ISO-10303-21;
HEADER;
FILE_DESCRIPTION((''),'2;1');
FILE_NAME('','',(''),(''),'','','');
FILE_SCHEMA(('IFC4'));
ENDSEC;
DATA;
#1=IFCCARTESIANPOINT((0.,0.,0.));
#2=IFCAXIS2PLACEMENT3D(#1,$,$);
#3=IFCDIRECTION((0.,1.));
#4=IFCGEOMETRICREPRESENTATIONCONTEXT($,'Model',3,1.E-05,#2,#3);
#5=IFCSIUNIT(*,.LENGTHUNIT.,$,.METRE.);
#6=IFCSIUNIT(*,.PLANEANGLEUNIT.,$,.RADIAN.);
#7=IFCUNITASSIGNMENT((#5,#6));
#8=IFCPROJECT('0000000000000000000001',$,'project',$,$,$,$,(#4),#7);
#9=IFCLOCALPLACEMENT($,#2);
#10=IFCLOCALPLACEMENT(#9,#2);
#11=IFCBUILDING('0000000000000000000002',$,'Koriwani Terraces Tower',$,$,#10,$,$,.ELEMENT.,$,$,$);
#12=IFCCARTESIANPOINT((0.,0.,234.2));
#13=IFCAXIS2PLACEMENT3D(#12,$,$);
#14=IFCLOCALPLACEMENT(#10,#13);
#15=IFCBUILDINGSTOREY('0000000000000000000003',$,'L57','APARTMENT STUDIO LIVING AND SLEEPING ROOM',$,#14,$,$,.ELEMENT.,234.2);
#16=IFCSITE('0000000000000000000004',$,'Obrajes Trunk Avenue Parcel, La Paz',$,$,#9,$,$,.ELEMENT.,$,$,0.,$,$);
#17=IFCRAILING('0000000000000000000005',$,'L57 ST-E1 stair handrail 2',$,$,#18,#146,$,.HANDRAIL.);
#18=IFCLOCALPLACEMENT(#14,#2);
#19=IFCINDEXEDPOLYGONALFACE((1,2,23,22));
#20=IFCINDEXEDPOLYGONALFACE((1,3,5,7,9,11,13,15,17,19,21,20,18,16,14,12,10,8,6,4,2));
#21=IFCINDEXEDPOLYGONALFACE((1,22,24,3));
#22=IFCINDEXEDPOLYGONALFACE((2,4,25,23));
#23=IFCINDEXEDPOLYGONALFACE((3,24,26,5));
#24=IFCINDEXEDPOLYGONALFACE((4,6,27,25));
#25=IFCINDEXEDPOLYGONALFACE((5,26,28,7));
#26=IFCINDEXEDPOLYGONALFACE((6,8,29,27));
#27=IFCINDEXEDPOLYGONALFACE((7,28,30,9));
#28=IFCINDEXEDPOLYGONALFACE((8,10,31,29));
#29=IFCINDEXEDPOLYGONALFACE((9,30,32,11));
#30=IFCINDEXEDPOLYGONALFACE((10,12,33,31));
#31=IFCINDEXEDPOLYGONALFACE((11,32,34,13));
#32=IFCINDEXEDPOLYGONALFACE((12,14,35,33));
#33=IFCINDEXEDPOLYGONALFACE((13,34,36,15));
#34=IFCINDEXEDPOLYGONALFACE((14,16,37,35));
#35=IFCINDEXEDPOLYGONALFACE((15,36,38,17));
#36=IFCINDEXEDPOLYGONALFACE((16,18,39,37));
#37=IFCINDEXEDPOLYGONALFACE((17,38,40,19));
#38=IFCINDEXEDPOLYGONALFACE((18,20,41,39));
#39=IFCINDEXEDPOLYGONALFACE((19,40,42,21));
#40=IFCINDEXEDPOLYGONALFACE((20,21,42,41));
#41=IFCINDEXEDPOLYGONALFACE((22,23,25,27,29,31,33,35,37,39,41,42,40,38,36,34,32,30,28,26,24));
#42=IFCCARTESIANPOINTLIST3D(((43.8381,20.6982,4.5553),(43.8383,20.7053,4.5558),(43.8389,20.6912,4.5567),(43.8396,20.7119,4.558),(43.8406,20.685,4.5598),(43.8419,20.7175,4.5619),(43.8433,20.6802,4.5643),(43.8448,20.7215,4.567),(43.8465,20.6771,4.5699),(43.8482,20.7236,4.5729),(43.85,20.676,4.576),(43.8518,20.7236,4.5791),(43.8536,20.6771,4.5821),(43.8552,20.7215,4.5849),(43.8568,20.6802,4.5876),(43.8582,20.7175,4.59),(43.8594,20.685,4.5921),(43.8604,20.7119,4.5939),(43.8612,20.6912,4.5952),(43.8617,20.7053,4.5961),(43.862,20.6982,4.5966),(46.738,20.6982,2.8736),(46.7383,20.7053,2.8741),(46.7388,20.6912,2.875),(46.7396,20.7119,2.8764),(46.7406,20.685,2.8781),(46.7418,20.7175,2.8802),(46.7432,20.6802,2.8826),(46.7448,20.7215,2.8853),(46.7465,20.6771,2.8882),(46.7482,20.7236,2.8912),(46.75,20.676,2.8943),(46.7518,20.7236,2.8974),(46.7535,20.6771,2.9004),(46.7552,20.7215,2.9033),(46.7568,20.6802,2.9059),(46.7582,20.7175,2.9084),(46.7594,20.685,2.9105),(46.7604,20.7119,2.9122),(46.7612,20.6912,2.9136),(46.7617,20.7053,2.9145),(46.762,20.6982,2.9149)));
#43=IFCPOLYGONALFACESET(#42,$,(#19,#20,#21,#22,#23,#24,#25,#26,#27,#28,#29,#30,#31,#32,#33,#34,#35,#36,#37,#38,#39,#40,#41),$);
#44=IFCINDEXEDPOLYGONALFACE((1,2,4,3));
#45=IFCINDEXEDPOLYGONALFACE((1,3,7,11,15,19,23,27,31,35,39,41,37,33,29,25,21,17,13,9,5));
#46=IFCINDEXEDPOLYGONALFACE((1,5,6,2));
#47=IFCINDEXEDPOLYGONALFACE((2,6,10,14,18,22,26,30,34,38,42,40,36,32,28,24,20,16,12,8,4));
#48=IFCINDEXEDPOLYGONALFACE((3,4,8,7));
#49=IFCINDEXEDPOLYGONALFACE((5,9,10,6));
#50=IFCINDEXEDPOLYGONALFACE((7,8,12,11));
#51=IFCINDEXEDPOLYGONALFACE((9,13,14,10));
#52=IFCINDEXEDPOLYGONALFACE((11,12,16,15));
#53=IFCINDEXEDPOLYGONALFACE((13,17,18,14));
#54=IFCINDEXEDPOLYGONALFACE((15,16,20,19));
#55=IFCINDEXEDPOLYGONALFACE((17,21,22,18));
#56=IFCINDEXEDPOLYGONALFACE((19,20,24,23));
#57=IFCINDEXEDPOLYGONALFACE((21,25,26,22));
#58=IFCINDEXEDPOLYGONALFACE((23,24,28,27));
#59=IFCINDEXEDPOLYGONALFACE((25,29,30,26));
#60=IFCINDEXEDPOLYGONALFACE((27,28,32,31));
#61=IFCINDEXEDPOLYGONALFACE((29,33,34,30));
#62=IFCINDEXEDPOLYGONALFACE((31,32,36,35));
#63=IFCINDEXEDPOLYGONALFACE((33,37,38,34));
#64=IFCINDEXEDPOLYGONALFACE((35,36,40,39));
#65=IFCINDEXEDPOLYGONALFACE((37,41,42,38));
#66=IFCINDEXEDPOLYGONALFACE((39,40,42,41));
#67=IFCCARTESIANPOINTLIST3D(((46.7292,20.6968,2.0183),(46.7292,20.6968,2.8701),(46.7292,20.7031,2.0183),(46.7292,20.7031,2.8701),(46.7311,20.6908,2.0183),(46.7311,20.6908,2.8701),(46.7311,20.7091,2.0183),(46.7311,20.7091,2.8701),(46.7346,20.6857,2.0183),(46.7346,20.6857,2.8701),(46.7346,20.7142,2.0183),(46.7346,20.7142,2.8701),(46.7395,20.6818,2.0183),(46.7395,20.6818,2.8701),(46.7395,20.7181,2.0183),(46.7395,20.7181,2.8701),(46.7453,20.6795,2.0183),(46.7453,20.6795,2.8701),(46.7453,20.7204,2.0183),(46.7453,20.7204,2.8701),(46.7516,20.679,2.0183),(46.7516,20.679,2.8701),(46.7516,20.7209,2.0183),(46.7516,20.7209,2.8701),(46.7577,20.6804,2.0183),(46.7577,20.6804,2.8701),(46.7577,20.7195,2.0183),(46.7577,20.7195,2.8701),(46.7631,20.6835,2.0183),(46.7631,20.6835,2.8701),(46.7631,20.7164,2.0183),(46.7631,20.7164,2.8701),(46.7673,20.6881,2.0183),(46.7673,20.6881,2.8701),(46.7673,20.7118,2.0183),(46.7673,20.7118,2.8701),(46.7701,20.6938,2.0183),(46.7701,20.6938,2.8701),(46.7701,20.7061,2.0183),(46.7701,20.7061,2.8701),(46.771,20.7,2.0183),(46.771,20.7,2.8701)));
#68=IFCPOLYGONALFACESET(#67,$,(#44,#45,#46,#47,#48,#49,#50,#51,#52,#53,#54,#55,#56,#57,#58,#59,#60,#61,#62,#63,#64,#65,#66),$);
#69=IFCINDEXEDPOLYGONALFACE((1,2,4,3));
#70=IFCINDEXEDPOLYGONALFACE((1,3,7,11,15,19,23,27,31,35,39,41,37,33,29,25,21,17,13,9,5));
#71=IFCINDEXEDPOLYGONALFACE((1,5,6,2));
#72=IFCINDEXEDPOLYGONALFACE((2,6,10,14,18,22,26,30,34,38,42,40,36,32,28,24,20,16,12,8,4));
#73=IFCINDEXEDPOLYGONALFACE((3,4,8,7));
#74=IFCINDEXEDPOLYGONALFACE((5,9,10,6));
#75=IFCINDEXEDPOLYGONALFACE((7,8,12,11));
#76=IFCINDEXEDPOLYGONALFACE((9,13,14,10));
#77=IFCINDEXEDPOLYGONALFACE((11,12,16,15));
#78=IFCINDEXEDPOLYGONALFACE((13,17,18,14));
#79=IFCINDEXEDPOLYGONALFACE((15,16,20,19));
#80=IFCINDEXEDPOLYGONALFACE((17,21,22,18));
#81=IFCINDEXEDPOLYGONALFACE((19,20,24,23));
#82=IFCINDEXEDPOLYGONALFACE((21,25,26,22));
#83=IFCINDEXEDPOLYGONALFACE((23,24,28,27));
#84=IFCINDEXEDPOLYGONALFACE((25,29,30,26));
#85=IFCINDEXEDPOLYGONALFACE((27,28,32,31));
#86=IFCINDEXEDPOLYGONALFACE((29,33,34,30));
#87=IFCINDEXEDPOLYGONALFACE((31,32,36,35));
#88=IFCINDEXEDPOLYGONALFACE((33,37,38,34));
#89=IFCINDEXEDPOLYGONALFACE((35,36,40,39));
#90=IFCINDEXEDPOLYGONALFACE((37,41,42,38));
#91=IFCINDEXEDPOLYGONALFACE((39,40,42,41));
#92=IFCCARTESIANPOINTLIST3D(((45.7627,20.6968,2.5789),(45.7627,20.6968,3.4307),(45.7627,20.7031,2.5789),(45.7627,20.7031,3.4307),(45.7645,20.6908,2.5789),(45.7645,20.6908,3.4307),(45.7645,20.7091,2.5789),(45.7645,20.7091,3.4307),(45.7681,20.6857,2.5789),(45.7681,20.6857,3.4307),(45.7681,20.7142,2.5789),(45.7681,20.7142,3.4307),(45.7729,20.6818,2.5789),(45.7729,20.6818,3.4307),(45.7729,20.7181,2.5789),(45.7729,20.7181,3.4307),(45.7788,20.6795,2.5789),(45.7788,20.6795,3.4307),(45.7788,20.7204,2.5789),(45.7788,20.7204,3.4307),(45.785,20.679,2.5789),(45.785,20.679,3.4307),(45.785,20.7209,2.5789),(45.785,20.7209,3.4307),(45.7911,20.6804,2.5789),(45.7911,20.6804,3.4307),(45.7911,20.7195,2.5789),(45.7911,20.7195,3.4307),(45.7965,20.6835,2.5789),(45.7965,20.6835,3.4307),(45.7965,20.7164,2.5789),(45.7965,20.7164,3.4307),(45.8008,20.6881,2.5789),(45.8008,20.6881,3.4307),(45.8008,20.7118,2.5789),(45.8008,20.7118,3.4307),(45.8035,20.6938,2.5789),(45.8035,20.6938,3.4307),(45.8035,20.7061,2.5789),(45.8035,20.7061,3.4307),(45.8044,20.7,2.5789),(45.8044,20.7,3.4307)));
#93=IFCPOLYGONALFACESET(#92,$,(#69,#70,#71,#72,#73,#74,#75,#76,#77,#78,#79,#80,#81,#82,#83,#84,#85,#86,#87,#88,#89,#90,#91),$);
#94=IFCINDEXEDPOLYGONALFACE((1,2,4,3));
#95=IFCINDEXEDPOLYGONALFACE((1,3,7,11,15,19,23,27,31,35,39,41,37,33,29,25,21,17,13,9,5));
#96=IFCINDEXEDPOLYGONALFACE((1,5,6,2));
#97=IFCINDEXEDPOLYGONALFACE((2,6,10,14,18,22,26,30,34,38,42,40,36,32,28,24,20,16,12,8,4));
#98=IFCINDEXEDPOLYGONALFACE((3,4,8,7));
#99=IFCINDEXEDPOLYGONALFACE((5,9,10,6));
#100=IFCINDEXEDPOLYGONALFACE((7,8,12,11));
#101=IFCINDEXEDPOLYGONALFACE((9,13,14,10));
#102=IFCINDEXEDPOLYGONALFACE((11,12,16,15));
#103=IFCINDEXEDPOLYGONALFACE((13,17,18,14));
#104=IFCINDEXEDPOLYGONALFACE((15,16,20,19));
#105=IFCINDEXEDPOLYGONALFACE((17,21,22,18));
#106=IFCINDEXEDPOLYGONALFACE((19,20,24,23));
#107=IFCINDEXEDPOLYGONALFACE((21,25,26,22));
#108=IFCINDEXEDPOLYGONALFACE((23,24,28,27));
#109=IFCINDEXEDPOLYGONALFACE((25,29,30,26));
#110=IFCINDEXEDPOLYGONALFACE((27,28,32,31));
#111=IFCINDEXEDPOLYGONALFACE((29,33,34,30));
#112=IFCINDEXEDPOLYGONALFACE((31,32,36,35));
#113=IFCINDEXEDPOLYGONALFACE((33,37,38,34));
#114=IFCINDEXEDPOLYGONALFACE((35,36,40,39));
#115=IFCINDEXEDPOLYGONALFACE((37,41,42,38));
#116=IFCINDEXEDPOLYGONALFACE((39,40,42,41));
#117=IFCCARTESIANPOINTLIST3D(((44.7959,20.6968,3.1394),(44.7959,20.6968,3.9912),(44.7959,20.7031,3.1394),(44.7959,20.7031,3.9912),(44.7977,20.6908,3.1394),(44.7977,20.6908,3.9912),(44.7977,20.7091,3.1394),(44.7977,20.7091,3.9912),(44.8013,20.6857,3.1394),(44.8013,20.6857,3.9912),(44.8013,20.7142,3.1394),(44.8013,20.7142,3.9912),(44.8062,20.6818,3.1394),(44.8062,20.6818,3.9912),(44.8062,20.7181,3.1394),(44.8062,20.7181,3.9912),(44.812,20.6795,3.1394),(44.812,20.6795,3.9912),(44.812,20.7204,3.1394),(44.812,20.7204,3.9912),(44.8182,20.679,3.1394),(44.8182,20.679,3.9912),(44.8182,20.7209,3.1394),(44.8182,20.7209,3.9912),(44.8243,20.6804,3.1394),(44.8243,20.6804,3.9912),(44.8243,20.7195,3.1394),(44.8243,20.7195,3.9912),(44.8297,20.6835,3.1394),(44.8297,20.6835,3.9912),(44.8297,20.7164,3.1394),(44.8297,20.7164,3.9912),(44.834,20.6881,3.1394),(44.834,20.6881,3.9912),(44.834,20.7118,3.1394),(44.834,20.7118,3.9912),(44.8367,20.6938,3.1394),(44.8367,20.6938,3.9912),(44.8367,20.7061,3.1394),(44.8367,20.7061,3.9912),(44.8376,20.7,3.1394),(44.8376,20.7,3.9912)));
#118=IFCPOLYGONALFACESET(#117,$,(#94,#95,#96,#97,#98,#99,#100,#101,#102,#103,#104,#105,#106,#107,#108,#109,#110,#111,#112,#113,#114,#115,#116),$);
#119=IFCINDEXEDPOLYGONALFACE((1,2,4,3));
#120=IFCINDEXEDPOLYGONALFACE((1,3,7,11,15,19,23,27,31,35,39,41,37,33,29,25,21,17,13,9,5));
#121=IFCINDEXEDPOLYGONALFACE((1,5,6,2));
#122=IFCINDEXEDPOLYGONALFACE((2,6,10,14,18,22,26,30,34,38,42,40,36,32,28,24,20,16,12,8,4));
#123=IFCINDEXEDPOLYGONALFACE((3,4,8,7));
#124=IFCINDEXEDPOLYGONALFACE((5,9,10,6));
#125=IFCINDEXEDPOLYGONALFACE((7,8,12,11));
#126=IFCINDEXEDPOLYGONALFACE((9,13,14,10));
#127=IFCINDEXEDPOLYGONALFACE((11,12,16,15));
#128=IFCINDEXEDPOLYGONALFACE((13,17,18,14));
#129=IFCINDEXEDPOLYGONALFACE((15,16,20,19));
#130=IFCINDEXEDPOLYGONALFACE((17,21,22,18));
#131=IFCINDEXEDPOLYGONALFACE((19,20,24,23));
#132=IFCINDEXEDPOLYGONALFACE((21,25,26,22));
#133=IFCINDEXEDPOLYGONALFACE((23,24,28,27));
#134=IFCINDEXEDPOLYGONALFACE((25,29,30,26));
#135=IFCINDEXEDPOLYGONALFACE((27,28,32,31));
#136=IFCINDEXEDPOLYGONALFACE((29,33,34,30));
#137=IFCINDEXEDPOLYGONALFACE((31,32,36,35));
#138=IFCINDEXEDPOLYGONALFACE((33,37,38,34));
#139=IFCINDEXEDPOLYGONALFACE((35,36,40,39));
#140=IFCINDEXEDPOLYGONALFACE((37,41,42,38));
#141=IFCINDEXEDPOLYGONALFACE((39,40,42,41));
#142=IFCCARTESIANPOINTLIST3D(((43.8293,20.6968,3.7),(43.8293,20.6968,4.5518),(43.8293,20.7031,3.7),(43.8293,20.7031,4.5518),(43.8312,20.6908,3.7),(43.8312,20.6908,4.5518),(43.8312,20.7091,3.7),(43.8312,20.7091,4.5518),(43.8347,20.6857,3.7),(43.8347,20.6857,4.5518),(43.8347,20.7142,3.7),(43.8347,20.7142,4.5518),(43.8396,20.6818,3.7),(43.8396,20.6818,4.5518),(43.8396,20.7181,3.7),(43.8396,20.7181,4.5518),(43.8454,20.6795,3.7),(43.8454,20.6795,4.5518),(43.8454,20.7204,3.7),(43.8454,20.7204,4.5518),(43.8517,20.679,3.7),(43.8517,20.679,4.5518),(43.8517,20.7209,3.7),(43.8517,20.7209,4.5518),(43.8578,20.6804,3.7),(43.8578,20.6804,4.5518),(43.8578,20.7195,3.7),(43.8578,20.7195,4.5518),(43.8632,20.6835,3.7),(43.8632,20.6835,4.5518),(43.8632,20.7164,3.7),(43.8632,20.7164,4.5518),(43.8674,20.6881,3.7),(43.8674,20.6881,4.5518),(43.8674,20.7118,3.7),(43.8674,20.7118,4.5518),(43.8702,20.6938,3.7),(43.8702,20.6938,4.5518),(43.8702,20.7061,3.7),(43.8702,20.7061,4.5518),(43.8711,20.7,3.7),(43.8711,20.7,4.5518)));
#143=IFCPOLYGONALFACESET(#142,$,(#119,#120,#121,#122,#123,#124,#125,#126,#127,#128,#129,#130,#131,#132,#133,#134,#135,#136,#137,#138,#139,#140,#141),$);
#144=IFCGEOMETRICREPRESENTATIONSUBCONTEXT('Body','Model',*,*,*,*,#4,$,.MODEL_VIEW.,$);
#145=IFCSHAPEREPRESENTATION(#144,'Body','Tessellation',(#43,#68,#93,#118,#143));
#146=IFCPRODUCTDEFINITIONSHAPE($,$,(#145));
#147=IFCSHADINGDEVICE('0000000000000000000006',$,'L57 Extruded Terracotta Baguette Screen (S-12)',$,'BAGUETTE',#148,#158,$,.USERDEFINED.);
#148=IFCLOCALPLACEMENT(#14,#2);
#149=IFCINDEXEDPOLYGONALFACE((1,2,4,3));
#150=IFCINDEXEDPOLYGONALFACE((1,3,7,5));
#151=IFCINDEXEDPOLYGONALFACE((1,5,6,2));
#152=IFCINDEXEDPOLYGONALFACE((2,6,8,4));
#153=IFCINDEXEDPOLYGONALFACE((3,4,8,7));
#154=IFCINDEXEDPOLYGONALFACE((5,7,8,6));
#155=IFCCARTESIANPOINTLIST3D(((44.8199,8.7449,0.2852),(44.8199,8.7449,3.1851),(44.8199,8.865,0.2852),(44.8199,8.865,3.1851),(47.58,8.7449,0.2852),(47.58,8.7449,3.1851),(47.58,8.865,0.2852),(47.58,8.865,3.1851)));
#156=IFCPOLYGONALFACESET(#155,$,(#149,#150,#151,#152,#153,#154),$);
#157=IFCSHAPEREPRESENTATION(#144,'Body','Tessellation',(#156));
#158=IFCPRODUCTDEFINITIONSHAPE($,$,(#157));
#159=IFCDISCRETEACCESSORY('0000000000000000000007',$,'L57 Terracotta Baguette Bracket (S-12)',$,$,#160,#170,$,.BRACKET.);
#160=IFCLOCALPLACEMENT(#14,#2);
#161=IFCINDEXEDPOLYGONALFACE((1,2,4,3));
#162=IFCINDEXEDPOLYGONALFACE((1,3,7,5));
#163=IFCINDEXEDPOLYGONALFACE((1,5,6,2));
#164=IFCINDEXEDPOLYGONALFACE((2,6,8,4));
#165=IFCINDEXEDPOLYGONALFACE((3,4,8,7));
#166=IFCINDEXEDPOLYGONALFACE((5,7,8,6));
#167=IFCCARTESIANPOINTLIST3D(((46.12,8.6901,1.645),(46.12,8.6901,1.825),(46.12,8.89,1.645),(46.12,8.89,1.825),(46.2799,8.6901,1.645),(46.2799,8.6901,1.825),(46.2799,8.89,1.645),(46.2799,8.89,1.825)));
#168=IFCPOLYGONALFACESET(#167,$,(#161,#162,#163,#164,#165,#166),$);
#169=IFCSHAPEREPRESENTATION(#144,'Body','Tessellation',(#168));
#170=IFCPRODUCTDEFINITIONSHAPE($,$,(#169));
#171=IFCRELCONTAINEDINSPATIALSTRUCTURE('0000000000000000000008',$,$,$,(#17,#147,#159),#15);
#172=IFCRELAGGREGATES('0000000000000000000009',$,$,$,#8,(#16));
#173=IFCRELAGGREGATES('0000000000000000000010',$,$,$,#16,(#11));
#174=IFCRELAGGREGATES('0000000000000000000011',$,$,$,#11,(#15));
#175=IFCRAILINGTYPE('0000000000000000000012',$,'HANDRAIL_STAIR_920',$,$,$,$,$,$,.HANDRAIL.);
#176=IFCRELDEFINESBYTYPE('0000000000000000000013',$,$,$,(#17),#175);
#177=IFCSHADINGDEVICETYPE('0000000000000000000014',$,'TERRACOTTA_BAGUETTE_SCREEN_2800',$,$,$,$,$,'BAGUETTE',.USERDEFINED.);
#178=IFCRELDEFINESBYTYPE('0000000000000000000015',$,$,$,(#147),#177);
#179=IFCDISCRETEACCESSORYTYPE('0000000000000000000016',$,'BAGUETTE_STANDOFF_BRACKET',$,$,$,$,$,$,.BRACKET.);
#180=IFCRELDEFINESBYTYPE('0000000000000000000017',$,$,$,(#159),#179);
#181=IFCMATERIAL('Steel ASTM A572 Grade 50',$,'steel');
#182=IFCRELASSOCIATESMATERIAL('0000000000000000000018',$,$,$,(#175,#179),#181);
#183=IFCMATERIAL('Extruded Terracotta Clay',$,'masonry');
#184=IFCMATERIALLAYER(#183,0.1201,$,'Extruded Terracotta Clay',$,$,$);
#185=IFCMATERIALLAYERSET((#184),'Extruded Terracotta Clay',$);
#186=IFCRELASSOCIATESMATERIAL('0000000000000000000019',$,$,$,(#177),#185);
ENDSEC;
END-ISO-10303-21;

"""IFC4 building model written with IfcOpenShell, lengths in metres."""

from ifc_helpers import new_model, si_unit, direction, frame, origin, origin_2d, place, context, subcontext, project, spatial, rectangle, circle, extrude, material, layer, layer_set, type_object, element, save


model = new_model("IFC4")

# Units and contexts
model_context = context("Model", 3, precision=1e-05, world=origin(), true_north=direction((0.0, 1.0)))
body_context = subcontext(model_context, "Body", "Model", "MODEL_VIEW")
ifc_project = project(units=[si_unit("LENGTHUNIT", "METRE"), si_unit("PLANEANGLEUNIT", "RADIAN")], contexts=[model_context])

# Site, building, storey
site_placement = place(None, origin())
site = spatial("IfcSite", under=ifc_project, at=site_placement, Name="Obrajes Trunk Avenue Parcel, La Paz", CompositionType="ELEMENT", RefElevation=0.0)
building_placement = place(site_placement, origin())
building = spatial("IfcBuilding", under=site, at=building_placement, Name="Koriwani Terraces Tower", CompositionType="ELEMENT")
storey_placement = place(building_placement, frame((0.0, 0.0, 234.2)))
storey = spatial("IfcBuildingStorey", under=building, at=storey_placement, Name="L57", Description="APARTMENT STUDIO LIVING AND SLEEPING ROOM", CompositionType="ELEMENT", Elevation=234.2)

# Shared definitions
ifc_material_1 = material(Name="Steel ASTM A572 Grade 50", Category="steel")

# Railing
railing_type_1 = type_object("IfcRailingType", Name="HANDRAIL_STAIR_920", PredefinedType="HANDRAIL", material=ifc_material_1)
railing_1_placement = place(storey_placement, frame((46.75, 20.7, 2.0183)))
element("IfcRailing", 1, at=railing_1_placement, inside=storey, type_object=railing_type_1, Name="L57 ST-E1 stair handrail 2", PredefinedType="HANDRAIL", context=body_context, shape_type="SweptSolid", body=[
    extrude(circle(Radius=0.0239, at=origin_2d()), frame((0.0, 0.0, 0.876), z_axis=(-0.86507, 0.0, 0.501651), x_axis=(0.0, -1.0, 0.0)), (0.0, 0.0, 1.0), 3.3523),
    extrude(circle(Radius=0.021, at=origin_2d()), origin(), (0.0, 0.0, 1.0), 0.8518),
    extrude(circle(Radius=0.021, at=origin_2d()), frame((-0.9666, 0.0, 0.5605)), (0.0, 0.0, 1.0), 0.8518),
    extrude(circle(Radius=0.021, at=origin_2d()), frame((-1.9333, 0.0, 1.1211)), (0.0, 0.0, 1.0), 0.8518),
    extrude(circle(Radius=0.021, at=origin_2d()), frame((-2.8999, 0.0, 1.6816)), (0.0, 0.0, 1.0), 0.8518),
])

# Shading device
ifc_material_2 = material(Name="Extruded Terracotta Clay", Category="masonry")
ifc_layer_1 = layer(ifc_material_2, 0.1201, Name="Extruded Terracotta Clay")
ifc_layer_set_1 = layer_set([ifc_layer_1], Name="Extruded Terracotta Clay")
shading_device_type = type_object("IfcShadingDeviceType", Name="TERRACOTTA_BAGUETTE_SCREEN_2800", ElementType="BAGUETTE", PredefinedType="USERDEFINED", material=ifc_layer_set_1)
shading_device_placement = place(storey_placement, frame((46.2, 8.8049, 0.2852), z_axis=(0.0, 0.0, 1.0), x_axis=(-1.0, 0.0, 0.0)))
element("IfcShadingDevice", 2, at=shading_device_placement, inside=storey, type_object=shading_device_type, Name="L57 Extruded Terracotta Baguette Screen (S-12)", ObjectType="BAGUETTE", PredefinedType="USERDEFINED", context=body_context, shape_type="SweptSolid", body=[
    extrude(rectangle(XDim=2.76, YDim=0.1201, at=origin_2d()), origin(), (0.0, 0.0, 1.0), 2.8999),
])

# Discrete accessory
discrete_accessory_type = type_object("IfcDiscreteAccessoryType", Name="BAGUETTE_STANDOFF_BRACKET", PredefinedType="BRACKET", material=ifc_material_1)
discrete_accessory_placement = place(storey_placement, frame((46.2, 8.79, 1.645), z_axis=(0.0, 0.0, 1.0), x_axis=(-1.0, 0.0, 0.0)))
element("IfcDiscreteAccessory", 3, at=discrete_accessory_placement, inside=storey, type_object=discrete_accessory_type, Name="L57 Terracotta Baguette Bracket (S-12)", PredefinedType="BRACKET", context=body_context, shape_type="SweptSolid", body=[
    extrude(rectangle(XDim=0.1599, YDim=0.2, at=origin_2d()), origin(), (0.0, 0.0, 1.0), 0.1799),
])

save(model, "model.ifc")
